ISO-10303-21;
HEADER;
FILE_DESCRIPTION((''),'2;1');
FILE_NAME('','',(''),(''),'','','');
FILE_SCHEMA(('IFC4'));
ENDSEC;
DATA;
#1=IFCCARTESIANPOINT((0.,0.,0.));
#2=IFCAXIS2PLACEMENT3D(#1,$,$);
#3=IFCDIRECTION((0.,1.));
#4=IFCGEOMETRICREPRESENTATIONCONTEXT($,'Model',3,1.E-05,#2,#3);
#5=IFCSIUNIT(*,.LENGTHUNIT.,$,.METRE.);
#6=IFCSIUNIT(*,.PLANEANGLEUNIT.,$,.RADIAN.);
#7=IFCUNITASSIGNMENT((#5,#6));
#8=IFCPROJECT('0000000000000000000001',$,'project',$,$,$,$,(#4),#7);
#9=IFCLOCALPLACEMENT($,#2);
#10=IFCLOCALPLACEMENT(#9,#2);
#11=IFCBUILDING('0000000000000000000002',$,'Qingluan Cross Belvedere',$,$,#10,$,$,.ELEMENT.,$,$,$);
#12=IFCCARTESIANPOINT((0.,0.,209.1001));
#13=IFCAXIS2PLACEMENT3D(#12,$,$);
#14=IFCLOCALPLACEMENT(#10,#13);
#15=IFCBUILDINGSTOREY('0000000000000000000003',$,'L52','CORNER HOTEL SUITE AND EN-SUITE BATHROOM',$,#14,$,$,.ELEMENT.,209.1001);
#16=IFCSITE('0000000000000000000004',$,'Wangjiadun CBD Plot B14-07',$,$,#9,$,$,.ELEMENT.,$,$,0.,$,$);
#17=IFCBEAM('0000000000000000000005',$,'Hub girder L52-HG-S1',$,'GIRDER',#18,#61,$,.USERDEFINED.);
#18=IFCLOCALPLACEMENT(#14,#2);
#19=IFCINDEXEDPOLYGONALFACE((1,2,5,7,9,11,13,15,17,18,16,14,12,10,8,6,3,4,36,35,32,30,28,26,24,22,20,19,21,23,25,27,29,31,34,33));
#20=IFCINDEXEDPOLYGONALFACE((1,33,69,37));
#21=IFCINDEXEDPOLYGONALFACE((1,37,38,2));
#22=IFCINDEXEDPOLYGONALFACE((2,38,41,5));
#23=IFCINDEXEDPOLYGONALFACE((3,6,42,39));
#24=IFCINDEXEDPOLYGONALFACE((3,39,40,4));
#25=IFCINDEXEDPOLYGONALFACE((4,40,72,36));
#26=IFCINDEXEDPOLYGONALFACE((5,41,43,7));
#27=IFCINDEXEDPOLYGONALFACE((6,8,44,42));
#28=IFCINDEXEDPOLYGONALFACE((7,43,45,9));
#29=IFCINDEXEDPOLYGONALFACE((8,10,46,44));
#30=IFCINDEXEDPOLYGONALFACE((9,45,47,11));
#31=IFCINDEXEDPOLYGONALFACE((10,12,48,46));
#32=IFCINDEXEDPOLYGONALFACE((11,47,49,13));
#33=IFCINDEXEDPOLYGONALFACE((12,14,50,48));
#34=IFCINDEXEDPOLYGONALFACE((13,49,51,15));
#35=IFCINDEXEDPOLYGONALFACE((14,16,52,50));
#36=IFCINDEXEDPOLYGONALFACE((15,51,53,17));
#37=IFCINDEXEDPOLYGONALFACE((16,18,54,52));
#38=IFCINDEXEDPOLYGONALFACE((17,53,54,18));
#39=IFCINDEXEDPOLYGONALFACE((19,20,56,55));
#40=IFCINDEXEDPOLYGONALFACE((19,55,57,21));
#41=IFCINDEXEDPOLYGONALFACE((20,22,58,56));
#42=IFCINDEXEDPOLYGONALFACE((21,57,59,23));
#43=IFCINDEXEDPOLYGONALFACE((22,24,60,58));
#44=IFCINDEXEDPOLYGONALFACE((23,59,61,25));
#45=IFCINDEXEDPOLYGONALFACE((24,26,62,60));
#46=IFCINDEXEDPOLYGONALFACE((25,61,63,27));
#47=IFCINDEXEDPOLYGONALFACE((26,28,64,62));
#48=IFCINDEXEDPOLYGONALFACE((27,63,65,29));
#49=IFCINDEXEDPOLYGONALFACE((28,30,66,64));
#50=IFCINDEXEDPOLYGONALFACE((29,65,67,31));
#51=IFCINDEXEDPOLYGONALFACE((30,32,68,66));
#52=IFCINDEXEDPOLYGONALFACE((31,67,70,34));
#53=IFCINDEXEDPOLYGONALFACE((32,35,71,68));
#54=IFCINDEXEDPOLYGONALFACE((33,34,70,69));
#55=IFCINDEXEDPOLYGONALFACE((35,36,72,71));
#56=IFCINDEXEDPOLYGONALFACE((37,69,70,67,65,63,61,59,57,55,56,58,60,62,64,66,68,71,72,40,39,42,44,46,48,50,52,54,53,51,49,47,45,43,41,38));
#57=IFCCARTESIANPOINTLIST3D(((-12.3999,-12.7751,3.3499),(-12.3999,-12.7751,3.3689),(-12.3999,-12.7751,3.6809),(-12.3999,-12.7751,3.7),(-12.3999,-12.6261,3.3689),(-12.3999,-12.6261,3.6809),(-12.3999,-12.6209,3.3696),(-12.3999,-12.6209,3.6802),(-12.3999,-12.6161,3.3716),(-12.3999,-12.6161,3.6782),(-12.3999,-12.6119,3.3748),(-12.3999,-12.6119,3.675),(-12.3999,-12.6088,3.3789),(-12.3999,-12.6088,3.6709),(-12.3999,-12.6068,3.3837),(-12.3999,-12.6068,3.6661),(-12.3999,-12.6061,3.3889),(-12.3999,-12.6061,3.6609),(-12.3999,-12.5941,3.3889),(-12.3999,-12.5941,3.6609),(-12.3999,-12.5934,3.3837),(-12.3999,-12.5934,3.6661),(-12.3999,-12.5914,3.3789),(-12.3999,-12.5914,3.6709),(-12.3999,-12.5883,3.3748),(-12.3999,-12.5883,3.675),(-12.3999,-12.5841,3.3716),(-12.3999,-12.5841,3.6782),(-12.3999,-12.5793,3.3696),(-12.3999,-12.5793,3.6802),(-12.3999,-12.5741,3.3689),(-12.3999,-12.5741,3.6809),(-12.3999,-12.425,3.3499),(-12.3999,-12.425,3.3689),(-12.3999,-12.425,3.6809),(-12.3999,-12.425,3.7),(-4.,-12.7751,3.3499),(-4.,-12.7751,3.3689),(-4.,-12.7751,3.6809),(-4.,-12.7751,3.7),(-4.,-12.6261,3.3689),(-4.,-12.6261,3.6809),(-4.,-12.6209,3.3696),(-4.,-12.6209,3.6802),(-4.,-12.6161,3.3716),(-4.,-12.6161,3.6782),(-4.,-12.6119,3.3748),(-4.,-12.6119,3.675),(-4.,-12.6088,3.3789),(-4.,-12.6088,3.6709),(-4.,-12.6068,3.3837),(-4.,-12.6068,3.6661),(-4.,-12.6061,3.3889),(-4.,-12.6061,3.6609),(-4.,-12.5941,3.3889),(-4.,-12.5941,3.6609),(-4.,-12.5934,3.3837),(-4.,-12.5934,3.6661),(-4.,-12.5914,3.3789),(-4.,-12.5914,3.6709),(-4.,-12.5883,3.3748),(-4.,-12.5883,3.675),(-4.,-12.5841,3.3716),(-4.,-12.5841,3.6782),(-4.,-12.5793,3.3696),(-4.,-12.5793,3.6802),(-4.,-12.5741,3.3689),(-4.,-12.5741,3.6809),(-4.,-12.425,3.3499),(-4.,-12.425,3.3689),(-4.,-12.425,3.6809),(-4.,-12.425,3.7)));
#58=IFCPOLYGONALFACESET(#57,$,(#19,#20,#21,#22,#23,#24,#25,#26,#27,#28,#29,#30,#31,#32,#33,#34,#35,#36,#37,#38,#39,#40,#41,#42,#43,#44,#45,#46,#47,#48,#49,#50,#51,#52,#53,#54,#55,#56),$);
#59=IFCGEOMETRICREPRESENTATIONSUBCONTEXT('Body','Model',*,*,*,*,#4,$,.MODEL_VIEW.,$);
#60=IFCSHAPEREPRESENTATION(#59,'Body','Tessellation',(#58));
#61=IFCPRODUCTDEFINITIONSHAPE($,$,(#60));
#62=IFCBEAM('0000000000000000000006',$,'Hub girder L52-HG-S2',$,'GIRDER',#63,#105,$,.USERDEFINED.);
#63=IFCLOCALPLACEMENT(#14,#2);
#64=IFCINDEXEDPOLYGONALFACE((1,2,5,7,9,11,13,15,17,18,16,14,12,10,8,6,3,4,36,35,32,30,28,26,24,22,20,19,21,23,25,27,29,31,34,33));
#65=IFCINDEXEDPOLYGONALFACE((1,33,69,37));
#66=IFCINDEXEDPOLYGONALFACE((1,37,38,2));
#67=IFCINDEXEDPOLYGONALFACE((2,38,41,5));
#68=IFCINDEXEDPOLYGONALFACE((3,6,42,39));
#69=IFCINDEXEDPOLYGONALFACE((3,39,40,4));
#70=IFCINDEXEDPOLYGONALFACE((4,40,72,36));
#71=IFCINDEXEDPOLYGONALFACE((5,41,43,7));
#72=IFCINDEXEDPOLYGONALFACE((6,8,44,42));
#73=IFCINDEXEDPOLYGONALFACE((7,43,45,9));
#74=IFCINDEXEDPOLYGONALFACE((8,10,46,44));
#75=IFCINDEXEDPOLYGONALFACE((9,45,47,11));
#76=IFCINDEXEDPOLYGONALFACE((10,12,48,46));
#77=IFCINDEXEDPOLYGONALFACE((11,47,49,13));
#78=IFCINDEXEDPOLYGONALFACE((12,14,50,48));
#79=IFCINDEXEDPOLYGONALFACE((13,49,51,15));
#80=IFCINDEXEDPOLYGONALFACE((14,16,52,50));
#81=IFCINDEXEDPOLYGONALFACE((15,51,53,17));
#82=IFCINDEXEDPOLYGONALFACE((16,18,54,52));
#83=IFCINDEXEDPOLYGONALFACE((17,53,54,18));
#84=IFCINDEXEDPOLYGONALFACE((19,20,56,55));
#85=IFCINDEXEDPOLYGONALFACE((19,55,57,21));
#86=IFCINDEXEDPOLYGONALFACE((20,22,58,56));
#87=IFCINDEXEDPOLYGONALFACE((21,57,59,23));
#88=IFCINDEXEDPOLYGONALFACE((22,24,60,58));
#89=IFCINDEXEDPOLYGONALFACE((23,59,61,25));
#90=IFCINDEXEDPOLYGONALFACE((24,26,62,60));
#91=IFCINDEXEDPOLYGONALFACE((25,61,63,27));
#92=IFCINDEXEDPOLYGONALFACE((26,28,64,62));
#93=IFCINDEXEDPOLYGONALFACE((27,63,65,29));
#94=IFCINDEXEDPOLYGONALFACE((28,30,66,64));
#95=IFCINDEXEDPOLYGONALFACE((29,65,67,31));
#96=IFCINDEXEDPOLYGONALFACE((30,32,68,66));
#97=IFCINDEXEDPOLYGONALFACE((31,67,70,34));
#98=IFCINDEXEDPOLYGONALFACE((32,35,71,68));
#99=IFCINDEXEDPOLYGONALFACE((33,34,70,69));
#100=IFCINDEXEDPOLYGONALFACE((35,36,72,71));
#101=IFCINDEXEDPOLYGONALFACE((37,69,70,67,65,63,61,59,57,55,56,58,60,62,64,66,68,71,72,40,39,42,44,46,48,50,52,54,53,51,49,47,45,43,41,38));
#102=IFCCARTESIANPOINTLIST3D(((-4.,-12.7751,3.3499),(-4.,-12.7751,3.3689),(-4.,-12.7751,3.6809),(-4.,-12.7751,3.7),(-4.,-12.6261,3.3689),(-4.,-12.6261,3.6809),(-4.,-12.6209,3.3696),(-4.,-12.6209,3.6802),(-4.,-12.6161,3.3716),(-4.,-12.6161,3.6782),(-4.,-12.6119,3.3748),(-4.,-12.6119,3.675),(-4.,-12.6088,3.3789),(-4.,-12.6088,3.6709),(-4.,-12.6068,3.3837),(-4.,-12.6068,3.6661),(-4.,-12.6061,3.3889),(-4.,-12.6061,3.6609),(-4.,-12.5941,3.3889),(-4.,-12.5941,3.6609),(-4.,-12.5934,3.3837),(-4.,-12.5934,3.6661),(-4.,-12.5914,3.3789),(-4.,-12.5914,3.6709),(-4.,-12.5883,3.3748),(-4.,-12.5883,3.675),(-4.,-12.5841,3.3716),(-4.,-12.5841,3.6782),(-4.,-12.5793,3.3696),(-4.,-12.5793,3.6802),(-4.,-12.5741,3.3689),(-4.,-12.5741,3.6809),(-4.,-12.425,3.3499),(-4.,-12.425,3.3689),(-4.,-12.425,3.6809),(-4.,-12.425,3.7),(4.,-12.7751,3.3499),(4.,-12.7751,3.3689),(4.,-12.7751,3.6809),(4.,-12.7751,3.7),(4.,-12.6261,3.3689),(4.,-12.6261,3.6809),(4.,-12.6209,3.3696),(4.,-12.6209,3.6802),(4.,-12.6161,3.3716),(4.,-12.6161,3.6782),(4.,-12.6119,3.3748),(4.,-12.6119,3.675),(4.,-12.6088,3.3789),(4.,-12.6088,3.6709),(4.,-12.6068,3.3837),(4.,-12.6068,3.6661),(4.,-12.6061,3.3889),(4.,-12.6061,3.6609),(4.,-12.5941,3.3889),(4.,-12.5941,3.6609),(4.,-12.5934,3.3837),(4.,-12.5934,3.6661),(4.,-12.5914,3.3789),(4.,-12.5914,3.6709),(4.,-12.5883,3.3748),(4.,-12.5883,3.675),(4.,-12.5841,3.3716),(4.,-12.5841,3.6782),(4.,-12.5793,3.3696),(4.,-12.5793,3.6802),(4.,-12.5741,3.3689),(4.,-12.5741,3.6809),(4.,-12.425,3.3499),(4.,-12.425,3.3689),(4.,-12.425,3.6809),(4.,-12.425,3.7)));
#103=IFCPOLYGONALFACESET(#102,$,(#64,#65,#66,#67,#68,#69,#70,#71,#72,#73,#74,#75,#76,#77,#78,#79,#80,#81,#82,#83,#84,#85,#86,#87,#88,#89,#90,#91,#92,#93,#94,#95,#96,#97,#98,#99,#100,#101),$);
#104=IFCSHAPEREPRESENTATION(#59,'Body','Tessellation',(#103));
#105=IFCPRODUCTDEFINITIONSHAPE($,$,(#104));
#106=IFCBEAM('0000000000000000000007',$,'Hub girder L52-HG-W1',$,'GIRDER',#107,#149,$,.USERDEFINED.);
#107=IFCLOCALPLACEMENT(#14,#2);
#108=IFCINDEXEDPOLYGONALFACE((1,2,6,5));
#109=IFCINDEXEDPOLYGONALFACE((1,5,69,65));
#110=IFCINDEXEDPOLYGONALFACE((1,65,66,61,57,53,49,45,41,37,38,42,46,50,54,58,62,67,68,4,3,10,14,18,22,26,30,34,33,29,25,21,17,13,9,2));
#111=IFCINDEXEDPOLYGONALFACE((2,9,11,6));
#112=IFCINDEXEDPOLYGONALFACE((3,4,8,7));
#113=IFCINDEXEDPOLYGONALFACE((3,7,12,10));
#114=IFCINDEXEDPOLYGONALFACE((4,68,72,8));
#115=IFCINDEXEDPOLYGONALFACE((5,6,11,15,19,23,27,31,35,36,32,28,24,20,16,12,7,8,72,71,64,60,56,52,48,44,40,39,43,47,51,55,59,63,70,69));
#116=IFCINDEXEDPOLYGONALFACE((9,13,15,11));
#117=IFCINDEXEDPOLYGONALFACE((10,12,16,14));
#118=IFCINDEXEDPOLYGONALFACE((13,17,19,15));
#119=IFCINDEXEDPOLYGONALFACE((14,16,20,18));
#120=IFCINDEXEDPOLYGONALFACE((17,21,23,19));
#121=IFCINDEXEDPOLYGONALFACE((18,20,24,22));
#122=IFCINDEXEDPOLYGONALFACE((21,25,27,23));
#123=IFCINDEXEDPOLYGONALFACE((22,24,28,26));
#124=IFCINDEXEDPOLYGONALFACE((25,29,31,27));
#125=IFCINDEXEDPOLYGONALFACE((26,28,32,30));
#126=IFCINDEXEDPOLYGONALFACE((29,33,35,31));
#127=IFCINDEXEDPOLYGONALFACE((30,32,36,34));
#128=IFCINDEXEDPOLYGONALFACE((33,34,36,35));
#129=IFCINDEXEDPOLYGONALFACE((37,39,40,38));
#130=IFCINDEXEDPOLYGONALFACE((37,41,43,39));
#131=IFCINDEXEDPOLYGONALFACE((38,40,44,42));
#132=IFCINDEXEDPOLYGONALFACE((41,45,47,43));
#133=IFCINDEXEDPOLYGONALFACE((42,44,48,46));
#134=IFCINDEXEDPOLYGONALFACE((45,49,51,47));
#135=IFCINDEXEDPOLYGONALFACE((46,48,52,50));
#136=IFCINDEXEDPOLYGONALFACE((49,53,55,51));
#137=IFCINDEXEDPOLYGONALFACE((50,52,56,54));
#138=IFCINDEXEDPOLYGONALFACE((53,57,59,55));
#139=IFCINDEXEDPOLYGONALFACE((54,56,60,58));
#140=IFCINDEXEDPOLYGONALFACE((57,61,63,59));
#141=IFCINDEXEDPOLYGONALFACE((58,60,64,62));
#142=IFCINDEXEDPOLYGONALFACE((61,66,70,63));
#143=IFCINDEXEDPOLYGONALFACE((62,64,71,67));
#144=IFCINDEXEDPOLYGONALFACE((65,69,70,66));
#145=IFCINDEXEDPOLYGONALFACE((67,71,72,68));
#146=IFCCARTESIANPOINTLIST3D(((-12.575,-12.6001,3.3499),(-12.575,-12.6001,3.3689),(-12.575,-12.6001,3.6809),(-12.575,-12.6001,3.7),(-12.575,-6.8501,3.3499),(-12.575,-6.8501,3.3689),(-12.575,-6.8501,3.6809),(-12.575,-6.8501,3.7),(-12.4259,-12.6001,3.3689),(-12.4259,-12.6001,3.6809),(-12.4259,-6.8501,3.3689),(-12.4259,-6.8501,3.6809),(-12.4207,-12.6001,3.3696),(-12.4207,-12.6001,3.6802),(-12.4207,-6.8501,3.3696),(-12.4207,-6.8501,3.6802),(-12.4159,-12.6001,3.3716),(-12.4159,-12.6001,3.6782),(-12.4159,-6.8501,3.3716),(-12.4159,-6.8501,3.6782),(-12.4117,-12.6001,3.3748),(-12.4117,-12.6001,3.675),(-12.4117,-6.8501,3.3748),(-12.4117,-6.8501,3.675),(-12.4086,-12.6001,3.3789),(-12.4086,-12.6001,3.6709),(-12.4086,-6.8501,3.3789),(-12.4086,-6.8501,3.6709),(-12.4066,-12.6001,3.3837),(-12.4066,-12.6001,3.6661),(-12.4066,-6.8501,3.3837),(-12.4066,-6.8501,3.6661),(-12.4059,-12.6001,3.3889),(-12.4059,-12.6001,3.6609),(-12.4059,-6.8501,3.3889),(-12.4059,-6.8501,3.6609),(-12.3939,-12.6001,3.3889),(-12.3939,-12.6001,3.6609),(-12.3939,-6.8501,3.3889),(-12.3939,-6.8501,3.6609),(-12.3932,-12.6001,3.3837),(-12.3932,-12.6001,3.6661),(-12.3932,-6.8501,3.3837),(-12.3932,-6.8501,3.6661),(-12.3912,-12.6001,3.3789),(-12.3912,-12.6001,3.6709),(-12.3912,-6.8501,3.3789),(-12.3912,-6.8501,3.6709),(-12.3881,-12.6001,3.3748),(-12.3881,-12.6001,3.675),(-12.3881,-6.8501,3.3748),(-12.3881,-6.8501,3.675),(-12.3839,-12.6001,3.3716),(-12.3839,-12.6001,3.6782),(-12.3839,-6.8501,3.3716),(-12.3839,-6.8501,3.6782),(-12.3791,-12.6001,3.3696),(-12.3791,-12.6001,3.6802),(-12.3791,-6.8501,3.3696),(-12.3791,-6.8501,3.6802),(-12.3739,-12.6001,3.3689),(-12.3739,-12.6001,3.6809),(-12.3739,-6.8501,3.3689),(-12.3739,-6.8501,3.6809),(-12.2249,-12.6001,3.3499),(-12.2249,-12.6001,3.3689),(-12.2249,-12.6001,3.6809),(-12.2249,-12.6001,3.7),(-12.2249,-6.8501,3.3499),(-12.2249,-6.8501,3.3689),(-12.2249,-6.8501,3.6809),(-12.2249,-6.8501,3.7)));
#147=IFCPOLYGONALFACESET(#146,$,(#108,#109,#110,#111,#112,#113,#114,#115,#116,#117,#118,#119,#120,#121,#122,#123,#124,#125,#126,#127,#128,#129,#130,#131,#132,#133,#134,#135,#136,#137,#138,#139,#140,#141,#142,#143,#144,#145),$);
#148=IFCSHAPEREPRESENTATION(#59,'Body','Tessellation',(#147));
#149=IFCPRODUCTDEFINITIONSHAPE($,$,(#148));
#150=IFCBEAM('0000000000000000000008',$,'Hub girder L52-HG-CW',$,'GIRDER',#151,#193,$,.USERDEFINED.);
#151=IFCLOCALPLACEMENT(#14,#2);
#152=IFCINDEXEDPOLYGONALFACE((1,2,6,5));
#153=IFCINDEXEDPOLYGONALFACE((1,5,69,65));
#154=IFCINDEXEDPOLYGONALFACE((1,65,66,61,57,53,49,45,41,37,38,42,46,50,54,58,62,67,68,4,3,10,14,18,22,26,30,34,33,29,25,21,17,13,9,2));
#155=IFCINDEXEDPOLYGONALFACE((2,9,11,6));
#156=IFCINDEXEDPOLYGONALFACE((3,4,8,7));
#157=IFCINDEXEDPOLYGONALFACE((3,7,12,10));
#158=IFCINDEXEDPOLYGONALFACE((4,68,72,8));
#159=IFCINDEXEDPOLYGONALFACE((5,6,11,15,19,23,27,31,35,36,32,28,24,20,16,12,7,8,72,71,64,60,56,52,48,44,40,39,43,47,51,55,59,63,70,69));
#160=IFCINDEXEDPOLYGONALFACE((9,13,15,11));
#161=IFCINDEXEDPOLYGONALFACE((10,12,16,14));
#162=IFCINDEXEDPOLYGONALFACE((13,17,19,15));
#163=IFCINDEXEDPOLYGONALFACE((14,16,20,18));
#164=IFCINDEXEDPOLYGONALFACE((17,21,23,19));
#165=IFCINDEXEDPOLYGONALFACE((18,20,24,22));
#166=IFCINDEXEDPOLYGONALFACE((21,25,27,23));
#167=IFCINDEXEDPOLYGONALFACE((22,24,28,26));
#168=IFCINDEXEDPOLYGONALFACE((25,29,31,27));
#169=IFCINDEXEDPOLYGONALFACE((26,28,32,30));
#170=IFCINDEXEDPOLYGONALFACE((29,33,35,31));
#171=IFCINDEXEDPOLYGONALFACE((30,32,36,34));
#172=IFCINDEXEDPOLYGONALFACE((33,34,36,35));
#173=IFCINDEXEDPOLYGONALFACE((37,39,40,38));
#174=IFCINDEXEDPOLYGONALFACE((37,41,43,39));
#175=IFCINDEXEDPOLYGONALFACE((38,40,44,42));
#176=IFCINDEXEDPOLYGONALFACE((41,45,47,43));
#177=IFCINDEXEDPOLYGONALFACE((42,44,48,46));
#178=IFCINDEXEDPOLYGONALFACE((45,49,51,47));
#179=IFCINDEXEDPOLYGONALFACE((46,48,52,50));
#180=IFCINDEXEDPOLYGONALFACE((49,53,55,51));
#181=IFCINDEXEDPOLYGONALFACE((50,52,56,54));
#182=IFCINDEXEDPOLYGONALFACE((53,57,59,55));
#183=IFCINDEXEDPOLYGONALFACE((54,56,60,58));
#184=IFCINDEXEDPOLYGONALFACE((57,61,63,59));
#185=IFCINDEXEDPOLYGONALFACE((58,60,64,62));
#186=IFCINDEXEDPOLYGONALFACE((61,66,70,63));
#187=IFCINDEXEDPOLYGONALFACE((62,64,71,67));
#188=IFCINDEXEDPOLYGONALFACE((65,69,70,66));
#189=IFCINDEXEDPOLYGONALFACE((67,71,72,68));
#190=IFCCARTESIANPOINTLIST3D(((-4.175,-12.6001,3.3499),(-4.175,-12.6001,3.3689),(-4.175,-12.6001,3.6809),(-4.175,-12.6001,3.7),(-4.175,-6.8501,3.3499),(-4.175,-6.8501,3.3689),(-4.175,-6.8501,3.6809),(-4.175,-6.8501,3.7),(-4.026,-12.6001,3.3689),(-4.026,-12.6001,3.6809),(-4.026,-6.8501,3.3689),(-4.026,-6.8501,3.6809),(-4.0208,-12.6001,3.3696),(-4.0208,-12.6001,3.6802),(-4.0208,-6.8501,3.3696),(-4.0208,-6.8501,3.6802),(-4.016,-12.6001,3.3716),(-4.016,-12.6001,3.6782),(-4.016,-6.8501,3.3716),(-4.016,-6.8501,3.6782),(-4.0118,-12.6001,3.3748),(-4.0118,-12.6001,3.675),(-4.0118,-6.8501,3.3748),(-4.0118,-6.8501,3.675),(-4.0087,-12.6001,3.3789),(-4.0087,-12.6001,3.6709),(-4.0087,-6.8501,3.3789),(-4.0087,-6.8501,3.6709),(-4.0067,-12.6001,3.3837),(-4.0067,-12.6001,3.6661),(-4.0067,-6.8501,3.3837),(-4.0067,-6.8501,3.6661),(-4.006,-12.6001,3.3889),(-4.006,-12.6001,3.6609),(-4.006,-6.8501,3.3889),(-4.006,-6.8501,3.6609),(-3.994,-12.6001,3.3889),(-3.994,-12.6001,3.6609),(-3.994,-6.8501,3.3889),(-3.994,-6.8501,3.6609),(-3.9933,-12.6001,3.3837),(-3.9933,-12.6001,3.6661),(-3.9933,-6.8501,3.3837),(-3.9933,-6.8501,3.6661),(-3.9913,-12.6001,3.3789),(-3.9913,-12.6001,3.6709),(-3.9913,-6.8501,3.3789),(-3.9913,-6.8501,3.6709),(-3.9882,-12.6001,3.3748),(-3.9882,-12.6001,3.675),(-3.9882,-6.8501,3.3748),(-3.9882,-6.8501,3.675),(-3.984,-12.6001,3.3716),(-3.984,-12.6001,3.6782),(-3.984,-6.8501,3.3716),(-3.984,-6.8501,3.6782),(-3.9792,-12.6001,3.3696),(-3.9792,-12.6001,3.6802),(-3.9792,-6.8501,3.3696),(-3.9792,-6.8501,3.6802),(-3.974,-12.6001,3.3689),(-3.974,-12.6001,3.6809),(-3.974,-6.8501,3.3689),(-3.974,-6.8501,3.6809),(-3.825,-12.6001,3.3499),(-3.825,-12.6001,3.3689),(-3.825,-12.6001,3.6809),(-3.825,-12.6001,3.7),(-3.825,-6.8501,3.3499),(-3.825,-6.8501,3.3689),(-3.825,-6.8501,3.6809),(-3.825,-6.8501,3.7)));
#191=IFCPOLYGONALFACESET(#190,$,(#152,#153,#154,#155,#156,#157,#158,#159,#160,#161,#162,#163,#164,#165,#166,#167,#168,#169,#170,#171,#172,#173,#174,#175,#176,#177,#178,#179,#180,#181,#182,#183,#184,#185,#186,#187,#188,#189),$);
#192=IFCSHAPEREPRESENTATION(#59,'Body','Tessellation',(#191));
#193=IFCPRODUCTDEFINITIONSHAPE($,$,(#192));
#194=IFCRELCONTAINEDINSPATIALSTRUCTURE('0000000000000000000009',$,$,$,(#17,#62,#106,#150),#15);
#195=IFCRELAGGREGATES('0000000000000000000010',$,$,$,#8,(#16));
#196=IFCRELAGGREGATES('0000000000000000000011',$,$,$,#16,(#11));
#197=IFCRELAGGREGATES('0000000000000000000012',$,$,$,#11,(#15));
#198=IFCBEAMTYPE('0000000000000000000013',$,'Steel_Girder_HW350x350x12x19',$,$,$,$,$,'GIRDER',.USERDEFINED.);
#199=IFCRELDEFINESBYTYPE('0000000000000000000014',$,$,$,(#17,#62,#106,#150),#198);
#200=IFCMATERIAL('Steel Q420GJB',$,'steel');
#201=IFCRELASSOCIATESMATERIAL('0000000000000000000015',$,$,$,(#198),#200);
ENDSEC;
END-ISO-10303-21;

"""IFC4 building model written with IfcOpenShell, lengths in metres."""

from ifc_helpers import new_model, si_unit, direction, frame, origin, origin_2d, place, context, subcontext, project, spatial, i_section, extrude, material, material_profile, profile_set, type_object, element, save


model = new_model("IFC4")

# Units and contexts
model_context = context("Model", 3, precision=1e-05, world=origin(), true_north=direction((0.0, 1.0)))
body_context = subcontext(model_context, "Body", "Model", "MODEL_VIEW")
ifc_project = project(units=[si_unit("LENGTHUNIT", "METRE"), si_unit("PLANEANGLEUNIT", "RADIAN")], contexts=[model_context])

# Site, building, storey
site_placement = place(None, origin())
site = spatial("IfcSite", under=ifc_project, at=site_placement, Name="Wangjiadun CBD Plot B14-07", CompositionType="ELEMENT", RefElevation=0.0)
building_placement = place(site_placement, origin())
building = spatial("IfcBuilding", under=site, at=building_placement, Name="Qingluan Cross Belvedere", CompositionType="ELEMENT")
storey_placement = place(building_placement, frame((0.0, 0.0, 209.1001)))
storey = spatial("IfcBuildingStorey", under=building, at=storey_placement, Name="L52", Description="CORNER HOTEL SUITE AND EN-SUITE BATHROOM", CompositionType="ELEMENT", Elevation=209.1001)

# Beams
ifc_material_1 = material(Name="Steel Q420GJB", Category="steel")
ifc_material_profile_1 = material_profile(ifc_material_1, i_section(OverallWidth=0.3501, OverallDepth=0.3501, WebThickness=0.012, FlangeThickness=0.019, FilletRadius=0.02, at=origin_2d()), Name="HW350x350x12x19")
ifc_profile_set_1 = profile_set([ifc_material_profile_1], Name="Steel Q420GJB")
beam_type_1 = type_object("IfcBeamType", Name="Steel_Girder_HW350x350x12x19", ElementType="GIRDER", PredefinedType="USERDEFINED", material=ifc_profile_set_1)
beam_1_placement = place(storey_placement, frame((-12.3999, -12.6001, 3.5249), z_axis=(1.0, 0.0, 0.0), x_axis=(0.0, 1.0, 0.0)))
element("IfcBeam", 1, at=beam_1_placement, inside=storey, type_object=beam_type_1, Name="Hub girder L52-HG-S1", ObjectType="GIRDER", PredefinedType="USERDEFINED", context=body_context, shape_type="SweptSolid", body=[
    extrude(i_section(OverallWidth=0.3501, OverallDepth=0.3501, WebThickness=0.012, FlangeThickness=0.019, FilletRadius=0.02, at=origin_2d()), origin(), (0.0, 0.0, 1.0), 8.3999),
])
beam_2_placement = place(storey_placement, frame((-4.0, -12.6001, 3.5249), z_axis=(1.0, 0.0, 0.0), x_axis=(0.0, 1.0, 0.0)))
element("IfcBeam", 2, at=beam_2_placement, inside=storey, type_object=beam_type_1, Name="Hub girder L52-HG-S2", ObjectType="GIRDER", PredefinedType="USERDEFINED", context=body_context, shape_type="SweptSolid", body=[
    extrude(i_section(OverallWidth=0.3501, OverallDepth=0.3501, WebThickness=0.012, FlangeThickness=0.019, FilletRadius=0.02, at=origin_2d()), origin(), (0.0, 0.0, 1.0), 8.0),
])
for number, where, z_axis, x_axis, name in (
    (3, (-12.3999, -12.6001, 3.5249), (0.0, 1.0, 0.0), (-1.0, 0.0, 0.0), "Hub girder L52-HG-W1"),
    (4, (-4.0, -12.6001, 3.5249), (0.0, 1.0, 0.0), (-1.0, 0.0, 0.0), "Hub girder L52-HG-CW"),
):
    element("IfcBeam", number, at=place(storey_placement, frame(where, z_axis=z_axis, x_axis=x_axis)), inside=storey, type_object=beam_type_1, Name=name, ObjectType="GIRDER", PredefinedType="USERDEFINED", context=body_context, shape_type="SweptSolid", body=[
        extrude(i_section(OverallWidth=0.3501, OverallDepth=0.3501, WebThickness=0.012, FlangeThickness=0.019, FilletRadius=0.02, at=origin_2d()), origin(), (0.0, 0.0, 1.0), 5.75),
    ])

save(model, "model.ifc")
